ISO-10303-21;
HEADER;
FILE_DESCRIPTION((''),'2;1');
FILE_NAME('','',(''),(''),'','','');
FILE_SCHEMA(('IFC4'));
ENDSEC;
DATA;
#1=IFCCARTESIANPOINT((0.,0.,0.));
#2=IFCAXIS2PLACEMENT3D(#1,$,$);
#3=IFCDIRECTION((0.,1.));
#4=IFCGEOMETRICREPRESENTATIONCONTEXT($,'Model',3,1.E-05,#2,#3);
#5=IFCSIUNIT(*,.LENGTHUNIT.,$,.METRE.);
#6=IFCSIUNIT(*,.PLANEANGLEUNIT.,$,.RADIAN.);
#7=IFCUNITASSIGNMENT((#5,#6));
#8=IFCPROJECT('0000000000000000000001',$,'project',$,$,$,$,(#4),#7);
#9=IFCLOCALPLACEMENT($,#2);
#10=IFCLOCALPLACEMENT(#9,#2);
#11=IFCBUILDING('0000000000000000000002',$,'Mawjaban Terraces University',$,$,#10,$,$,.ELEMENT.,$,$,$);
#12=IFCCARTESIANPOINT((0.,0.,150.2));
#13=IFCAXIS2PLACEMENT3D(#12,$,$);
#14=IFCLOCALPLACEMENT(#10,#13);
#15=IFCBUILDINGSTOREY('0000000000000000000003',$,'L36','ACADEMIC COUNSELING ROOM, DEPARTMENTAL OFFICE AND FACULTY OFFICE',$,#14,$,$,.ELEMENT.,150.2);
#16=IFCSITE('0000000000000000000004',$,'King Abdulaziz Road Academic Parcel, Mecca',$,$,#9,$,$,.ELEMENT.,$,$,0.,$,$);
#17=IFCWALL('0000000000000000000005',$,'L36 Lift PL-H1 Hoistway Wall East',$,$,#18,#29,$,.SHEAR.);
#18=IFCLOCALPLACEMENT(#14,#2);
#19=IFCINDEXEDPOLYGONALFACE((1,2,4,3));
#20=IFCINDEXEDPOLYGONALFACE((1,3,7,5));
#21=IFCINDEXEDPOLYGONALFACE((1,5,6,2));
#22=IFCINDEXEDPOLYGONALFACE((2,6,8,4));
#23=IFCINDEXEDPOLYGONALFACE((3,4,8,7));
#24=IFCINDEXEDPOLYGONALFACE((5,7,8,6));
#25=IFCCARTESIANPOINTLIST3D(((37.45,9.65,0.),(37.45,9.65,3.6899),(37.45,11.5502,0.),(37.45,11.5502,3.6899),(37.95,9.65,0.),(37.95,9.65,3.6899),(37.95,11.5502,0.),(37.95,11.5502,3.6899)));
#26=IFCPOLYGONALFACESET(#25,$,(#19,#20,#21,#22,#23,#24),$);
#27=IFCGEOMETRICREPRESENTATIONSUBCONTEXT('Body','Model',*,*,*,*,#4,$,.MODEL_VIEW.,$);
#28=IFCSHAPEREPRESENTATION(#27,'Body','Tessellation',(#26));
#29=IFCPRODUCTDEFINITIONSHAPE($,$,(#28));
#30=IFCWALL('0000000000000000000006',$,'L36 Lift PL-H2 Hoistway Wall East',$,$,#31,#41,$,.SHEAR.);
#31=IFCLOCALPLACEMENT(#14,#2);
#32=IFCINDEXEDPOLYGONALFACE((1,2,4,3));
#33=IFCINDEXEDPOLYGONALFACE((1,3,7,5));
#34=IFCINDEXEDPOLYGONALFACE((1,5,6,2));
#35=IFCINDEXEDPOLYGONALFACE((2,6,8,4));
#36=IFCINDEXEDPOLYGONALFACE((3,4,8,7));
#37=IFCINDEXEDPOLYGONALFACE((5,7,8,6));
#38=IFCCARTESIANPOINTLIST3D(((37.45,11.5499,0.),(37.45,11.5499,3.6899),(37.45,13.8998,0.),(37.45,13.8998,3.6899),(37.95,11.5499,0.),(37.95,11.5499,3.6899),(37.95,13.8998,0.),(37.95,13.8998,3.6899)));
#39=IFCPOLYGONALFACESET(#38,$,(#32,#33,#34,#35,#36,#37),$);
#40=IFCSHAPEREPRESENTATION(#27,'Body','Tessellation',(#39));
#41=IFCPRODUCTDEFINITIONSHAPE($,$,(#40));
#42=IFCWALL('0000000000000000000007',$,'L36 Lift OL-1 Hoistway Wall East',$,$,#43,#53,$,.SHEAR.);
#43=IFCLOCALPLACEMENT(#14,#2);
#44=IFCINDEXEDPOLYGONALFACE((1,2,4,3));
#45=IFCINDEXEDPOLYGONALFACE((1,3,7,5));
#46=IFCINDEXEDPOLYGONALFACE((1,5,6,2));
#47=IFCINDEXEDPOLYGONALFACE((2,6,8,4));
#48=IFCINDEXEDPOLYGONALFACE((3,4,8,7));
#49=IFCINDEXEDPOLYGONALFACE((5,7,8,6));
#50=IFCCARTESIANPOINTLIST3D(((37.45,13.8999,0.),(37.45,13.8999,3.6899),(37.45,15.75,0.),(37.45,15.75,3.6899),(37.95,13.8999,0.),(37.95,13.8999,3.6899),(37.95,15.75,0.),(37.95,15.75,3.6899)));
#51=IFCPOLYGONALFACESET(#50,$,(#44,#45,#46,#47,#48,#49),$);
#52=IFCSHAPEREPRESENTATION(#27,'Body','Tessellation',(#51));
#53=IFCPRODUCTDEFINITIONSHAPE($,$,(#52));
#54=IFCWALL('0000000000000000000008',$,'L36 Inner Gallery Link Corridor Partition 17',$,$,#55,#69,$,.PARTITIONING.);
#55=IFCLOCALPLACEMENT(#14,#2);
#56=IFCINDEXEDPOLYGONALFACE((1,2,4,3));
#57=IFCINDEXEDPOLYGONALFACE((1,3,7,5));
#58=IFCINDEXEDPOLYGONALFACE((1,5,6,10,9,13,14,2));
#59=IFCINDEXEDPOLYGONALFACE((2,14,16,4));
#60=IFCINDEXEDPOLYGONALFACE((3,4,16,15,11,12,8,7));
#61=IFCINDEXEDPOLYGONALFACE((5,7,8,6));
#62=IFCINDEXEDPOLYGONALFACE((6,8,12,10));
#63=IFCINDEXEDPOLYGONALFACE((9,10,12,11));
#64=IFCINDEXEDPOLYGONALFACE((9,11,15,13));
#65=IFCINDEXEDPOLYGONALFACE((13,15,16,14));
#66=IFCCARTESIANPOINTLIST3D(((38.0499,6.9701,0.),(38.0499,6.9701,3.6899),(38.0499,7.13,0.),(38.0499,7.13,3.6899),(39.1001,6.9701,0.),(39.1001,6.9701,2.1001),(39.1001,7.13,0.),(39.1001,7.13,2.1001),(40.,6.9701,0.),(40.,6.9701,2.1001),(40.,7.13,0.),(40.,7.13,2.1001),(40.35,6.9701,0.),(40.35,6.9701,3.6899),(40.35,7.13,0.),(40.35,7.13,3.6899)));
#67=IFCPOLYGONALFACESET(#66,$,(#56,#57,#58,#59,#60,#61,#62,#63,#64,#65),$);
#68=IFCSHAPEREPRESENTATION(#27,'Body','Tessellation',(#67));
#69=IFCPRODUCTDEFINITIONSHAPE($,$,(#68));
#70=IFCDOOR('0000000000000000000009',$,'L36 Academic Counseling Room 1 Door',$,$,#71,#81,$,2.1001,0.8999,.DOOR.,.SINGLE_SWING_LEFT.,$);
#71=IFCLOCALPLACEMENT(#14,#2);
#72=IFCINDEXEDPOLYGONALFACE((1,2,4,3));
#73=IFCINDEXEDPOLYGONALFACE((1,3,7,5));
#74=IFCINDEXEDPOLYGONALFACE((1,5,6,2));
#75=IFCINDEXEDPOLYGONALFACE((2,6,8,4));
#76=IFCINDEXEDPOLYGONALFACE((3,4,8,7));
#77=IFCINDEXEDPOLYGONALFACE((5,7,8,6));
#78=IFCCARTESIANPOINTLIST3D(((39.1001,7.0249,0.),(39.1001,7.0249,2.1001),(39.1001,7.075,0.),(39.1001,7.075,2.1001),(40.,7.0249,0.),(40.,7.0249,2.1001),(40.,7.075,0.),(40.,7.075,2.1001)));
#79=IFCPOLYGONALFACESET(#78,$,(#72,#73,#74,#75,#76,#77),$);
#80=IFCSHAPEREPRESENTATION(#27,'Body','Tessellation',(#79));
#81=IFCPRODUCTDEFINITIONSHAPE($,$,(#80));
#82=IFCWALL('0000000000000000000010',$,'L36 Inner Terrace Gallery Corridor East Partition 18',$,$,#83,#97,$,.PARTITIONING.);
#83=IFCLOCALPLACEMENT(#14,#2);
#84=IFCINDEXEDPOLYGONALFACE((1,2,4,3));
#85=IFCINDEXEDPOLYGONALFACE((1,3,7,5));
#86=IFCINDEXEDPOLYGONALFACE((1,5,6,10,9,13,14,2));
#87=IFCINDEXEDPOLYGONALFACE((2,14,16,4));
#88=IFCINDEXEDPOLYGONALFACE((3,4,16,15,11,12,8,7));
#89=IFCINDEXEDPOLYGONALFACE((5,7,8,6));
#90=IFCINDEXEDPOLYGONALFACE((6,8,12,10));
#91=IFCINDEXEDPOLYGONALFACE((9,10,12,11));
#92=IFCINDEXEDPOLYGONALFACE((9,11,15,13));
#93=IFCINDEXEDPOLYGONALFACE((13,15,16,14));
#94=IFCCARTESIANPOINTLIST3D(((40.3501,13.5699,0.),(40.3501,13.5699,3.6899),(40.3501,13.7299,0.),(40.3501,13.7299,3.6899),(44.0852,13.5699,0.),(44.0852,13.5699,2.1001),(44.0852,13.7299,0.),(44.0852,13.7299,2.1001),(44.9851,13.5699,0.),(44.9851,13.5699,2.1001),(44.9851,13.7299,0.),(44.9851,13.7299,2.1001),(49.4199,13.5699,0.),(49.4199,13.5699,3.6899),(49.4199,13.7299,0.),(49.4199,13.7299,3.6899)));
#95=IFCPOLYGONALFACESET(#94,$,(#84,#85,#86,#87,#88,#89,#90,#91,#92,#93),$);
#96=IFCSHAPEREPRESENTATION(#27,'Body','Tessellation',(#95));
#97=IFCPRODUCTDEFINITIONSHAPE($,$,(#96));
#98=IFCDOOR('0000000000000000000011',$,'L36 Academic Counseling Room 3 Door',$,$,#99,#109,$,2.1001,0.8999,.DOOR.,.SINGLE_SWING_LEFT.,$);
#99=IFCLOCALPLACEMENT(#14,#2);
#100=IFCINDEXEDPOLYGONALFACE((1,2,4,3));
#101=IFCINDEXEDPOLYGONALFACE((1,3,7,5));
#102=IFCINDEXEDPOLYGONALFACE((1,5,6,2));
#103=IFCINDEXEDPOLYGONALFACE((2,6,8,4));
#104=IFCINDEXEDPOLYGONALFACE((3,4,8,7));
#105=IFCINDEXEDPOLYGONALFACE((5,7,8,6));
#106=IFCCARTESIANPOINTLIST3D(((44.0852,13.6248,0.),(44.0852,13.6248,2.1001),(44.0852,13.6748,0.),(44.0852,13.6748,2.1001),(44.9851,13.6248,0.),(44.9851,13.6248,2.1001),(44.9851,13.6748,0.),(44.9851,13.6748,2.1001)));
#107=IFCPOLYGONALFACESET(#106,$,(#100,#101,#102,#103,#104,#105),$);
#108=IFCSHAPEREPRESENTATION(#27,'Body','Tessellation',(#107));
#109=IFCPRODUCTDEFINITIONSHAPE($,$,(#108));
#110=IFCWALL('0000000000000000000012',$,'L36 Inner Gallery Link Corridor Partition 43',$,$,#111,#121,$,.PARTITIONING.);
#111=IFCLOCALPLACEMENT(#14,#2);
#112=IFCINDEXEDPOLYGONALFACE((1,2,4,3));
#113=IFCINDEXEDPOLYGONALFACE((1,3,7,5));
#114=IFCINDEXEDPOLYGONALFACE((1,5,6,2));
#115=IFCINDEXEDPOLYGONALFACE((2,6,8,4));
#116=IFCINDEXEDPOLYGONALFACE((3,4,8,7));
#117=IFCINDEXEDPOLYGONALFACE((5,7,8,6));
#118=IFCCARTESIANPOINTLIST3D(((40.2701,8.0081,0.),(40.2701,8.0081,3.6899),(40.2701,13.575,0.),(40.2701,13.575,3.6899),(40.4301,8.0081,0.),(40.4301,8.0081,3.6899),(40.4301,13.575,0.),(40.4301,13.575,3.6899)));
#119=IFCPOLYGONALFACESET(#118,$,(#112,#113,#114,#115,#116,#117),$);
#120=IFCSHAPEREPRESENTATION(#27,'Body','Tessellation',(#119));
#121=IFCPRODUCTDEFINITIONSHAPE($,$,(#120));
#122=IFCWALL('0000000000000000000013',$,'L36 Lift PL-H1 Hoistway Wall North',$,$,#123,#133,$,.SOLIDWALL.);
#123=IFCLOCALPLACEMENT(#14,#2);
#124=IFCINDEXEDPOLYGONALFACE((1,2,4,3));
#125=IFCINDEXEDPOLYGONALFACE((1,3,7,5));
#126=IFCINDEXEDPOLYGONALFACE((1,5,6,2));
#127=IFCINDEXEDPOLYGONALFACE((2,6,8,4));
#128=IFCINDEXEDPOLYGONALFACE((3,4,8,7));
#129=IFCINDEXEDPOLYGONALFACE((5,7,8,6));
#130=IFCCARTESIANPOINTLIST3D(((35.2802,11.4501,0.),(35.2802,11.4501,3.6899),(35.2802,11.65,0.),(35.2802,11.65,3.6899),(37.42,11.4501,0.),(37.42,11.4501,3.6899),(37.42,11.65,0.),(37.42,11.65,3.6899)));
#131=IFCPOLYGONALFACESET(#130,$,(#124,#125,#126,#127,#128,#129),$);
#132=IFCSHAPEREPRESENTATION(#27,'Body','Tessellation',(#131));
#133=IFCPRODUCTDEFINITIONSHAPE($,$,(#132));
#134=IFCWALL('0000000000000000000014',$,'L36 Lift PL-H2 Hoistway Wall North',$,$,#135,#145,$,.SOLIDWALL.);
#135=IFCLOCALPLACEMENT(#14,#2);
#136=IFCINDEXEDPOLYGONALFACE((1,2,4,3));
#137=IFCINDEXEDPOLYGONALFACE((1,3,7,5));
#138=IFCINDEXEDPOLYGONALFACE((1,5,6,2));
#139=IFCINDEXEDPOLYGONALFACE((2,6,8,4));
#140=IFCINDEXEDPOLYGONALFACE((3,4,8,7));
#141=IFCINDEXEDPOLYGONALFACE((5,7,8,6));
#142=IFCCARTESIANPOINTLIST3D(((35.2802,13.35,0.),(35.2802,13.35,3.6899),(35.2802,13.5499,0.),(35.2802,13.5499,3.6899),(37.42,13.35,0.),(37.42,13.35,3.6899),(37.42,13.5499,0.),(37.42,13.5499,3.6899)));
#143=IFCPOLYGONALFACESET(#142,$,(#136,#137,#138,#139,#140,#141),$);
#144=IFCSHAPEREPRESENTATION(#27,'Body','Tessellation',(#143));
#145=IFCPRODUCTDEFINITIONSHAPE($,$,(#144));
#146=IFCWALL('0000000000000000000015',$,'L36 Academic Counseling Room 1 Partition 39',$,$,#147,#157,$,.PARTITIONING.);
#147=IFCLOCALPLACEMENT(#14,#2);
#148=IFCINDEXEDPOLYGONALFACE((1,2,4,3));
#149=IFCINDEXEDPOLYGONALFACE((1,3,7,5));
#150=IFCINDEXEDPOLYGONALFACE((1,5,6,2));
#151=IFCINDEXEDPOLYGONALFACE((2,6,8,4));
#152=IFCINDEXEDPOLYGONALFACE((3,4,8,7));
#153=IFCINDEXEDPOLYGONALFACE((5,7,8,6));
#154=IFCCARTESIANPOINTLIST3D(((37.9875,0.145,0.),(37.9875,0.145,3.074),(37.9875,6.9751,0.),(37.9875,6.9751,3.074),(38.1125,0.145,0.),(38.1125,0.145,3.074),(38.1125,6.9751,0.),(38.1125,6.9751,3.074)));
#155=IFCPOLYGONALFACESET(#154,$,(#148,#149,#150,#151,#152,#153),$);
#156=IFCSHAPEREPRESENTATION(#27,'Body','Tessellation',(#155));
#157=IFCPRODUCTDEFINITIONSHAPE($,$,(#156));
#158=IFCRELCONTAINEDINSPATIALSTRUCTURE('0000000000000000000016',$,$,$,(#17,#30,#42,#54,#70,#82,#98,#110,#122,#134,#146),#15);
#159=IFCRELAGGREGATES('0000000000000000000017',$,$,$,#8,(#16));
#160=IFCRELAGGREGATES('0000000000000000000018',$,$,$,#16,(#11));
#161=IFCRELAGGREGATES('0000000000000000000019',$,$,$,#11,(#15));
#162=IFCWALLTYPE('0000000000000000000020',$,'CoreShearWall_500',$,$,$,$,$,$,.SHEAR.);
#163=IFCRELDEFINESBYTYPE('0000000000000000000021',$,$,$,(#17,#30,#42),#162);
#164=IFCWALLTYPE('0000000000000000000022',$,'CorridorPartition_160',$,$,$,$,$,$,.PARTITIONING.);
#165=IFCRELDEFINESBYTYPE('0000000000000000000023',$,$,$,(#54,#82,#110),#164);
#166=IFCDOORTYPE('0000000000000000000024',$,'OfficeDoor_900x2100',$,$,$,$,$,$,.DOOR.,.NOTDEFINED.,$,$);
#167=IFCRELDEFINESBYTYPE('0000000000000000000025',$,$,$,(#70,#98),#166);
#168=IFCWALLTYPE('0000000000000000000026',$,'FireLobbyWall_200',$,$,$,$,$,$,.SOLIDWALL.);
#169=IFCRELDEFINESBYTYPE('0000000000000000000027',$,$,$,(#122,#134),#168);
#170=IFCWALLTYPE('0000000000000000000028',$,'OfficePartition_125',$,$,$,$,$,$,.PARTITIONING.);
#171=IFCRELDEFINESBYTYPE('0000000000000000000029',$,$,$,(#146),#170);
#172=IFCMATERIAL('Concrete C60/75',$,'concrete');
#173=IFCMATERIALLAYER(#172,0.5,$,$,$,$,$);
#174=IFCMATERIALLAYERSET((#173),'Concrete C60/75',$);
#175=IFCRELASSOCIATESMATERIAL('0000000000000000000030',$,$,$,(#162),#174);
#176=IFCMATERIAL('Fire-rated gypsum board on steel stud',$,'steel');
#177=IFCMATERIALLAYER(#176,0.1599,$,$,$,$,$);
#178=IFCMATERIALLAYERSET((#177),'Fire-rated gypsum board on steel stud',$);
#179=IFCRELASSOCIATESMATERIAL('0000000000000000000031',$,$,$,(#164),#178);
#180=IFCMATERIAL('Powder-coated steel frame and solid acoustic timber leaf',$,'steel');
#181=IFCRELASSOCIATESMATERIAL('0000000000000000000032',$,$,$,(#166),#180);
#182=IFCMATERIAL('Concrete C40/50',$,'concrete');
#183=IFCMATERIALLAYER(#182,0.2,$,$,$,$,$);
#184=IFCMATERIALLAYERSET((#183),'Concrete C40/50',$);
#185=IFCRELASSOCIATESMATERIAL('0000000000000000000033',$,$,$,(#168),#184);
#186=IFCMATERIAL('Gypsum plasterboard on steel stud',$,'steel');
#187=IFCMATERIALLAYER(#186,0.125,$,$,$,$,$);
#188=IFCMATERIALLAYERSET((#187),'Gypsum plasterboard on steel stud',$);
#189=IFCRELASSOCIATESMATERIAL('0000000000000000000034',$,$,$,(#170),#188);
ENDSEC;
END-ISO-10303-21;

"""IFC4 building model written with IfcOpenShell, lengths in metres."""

from ifc_helpers import new_model, si_unit, direction, frame, frame_2d, origin, place, context, subcontext, project, spatial, rectangle, extrude, material, layer, layer_set, type_object, element, fill, save


model = new_model("IFC4")

# Units and contexts
model_context = context("Model", 3, precision=1e-05, world=origin(), true_north=direction((0.0, 1.0)))
body_context = subcontext(model_context, "Body", "Model", "MODEL_VIEW")
ifc_project = project(units=[si_unit("LENGTHUNIT", "METRE"), si_unit("PLANEANGLEUNIT", "RADIAN")], contexts=[model_context])

# Site, building, storey
site_placement = place(None, origin())
site = spatial("IfcSite", under=ifc_project, at=site_placement, Name="King Abdulaziz Road Academic Parcel, Mecca", CompositionType="ELEMENT", RefElevation=0.0)
building_placement = place(site_placement, origin())
building = spatial("IfcBuilding", under=site, at=building_placement, Name="Mawjaban Terraces University", CompositionType="ELEMENT")
storey_placement = place(building_placement, frame((0.0, 0.0, 150.2)))
storey = spatial("IfcBuildingStorey", under=building, at=storey_placement, Name="L36", Description="ACADEMIC COUNSELING ROOM, DEPARTMENTAL OFFICE AND FACULTY OFFICE", CompositionType="ELEMENT", Elevation=150.2)

# Shared definitions
ifc_material_1 = material(Name="Concrete C60/75", Category="concrete")

# Walls
ifc_layer_1 = layer(ifc_material_1, 0.5)
ifc_layer_set_1 = layer_set([ifc_layer_1], Name="Concrete C60/75")
wall_type_1 = type_object("IfcWallType", Name="CoreShearWall_500", PredefinedType="SHEAR", material=ifc_layer_set_1)
wall_1_placement = place(storey_placement, frame((37.7, 9.6499, 0.0), z_axis=(0.0, 0.0, 1.0), x_axis=(0.0, 1.0, 0.0)))
element("IfcWall", 1, at=wall_1_placement, inside=storey, type_object=wall_type_1, Name="L36 Lift PL-H1 Hoistway Wall East", PredefinedType="SHEAR", context=body_context, shape_type="SweptSolid", body=[
    extrude(rectangle(XDim=1.9001, YDim=0.5, at=frame_2d((0.9502, 0.0))), origin(), (0.0, 0.0, 1.0), 3.6899),
])
wall_2_placement = place(storey_placement, frame((37.7, 11.55, 0.0), z_axis=(0.0, 0.0, 1.0), x_axis=(0.0, 1.0, 0.0)))
element("IfcWall", 2, at=wall_2_placement, inside=storey, type_object=wall_type_1, Name="L36 Lift PL-H2 Hoistway Wall East", PredefinedType="SHEAR", context=body_context, shape_type="SweptSolid", body=[
    extrude(rectangle(XDim=2.3499, YDim=0.5, at=frame_2d((1.1748, 0.0))), origin(), (0.0, 0.0, 1.0), 3.6899),
])
wall_3_placement = place(storey_placement, frame((37.7, 13.8999, 0.0), z_axis=(0.0, 0.0, 1.0), x_axis=(0.0, 1.0, 0.0)))
element("IfcWall", 3, at=wall_3_placement, inside=storey, type_object=wall_type_1, Name="L36 Lift OL-1 Hoistway Wall East", PredefinedType="SHEAR", context=body_context, shape_type="SweptSolid", body=[
    extrude(rectangle(XDim=1.8501, YDim=0.5, at=frame_2d((0.925, 0.0))), origin(), (0.0, 0.0, 1.0), 3.6899),
])

# Walls, openings, doors
ifc_material_2 = material(Name="Fire-rated gypsum board on steel stud", Category="steel")
ifc_layer_2 = layer(ifc_material_2, 0.1599)
ifc_layer_set_2 = layer_set([ifc_layer_2], Name="Fire-rated gypsum board on steel stud")
wall_type_2 = type_object("IfcWallType", Name="CorridorPartition_160", PredefinedType="PARTITIONING", material=ifc_layer_set_2)
wall_4_placement = place(storey_placement, frame((38.05, 7.05, 0.0), z_axis=(0.0, 0.0, 1.0), x_axis=(1.0, 0.0, 0.0)))
wall_4 = element("IfcWall", 4, at=wall_4_placement, inside=storey, type_object=wall_type_2, Name="L36 Inner Gallery Link Corridor Partition 17", PredefinedType="PARTITIONING", context=body_context, shape_type="SweptSolid", body=[
    extrude(rectangle(XDim=2.3, YDim=0.1599, at=frame_2d((1.1499, 0.0))), origin(), (0.0, 0.0, 1.0), 3.6899),
])
opening_1_placement = place(wall_4_placement, frame((1.05, 0.0, 0.0)))
opening_1 = element("IfcOpeningElement", 5, at=opening_1_placement, cuts=wall_4, PredefinedType="OPENING", context=body_context, shape_type="SweptSolid", body=[
    extrude(rectangle(XDim=0.8999, YDim=2.1001, at=frame_2d((0.45, 1.05))), frame((0.0, 0.0898, 0.0), z_axis=(0.0, -1.0, 0.0), x_axis=(1.0, 0.0, 0.0)), (0.0, 0.0, 1.0), 0.1799),
])
ifc_material_3 = material(Name="Powder-coated steel frame and solid acoustic timber leaf", Category="steel")
door_type = type_object("IfcDoorType", Name="OfficeDoor_900x2100", OperationType="NOTDEFINED", PredefinedType="DOOR", material=ifc_material_3)
door_1_placement = place(opening_1_placement, origin())
door_1 = element("IfcDoor", 6, at=door_1_placement, inside=storey, type_object=door_type, Name="L36 Academic Counseling Room 1 Door", OperationType="SINGLE_SWING_LEFT", OverallHeight=2.1001, OverallWidth=0.8999, PredefinedType="DOOR", context=body_context, shape_type="SweptSolid", body=[
    extrude(rectangle(XDim=0.8999, YDim=2.1001, at=frame_2d((0.45, 1.05))), frame((0.0, 0.0249, 0.0), z_axis=(0.0, -1.0, 0.0), x_axis=(1.0, 0.0, 0.0)), (0.0, 0.0, 1.0), 0.05),
])
fill(opening_1, door_1)
wall_5_placement = place(storey_placement, frame((40.3501, 13.6499, 0.0), z_axis=(0.0, 0.0, 1.0), x_axis=(1.0, 0.0, 0.0)))
wall_5 = element("IfcWall", 7, at=wall_5_placement, inside=storey, type_object=wall_type_2, Name="L36 Inner Terrace Gallery Corridor East Partition 18", PredefinedType="PARTITIONING", context=body_context, shape_type="SweptSolid", body=[
    extrude(rectangle(XDim=9.0698, YDim=0.1599, at=frame_2d((4.5349, 0.0))), origin(), (0.0, 0.0, 1.0), 3.6899),
])
opening_2_placement = place(wall_5_placement, frame((3.7351, 0.0, 0.0)))
opening_2 = element("IfcOpeningElement", 8, at=opening_2_placement, cuts=wall_5, PredefinedType="OPENING", context=body_context, shape_type="SweptSolid", body=[
    extrude(rectangle(XDim=0.8999, YDim=2.1001, at=frame_2d((0.45, 1.05))), frame((0.0, 0.0898, 0.0), z_axis=(0.0, -1.0, 0.0), x_axis=(1.0, 0.0, 0.0)), (0.0, 0.0, 1.0), 0.1799),
])
door_2_placement = place(opening_2_placement, origin())
door_2 = element("IfcDoor", 9, at=door_2_placement, inside=storey, type_object=door_type, Name="L36 Academic Counseling Room 3 Door", OperationType="SINGLE_SWING_LEFT", OverallHeight=2.1001, OverallWidth=0.8999, PredefinedType="DOOR", context=body_context, shape_type="SweptSolid", body=[
    extrude(rectangle(XDim=0.8999, YDim=2.1001, at=frame_2d((0.45, 1.05))), frame((0.0, 0.0249, 0.0), z_axis=(0.0, -1.0, 0.0), x_axis=(1.0, 0.0, 0.0)), (0.0, 0.0, 1.0), 0.05),
])
fill(opening_2, door_2)

# Walls
wall_6_placement = place(storey_placement, frame((40.3501, 8.0081, 0.0), z_axis=(0.0, 0.0, 1.0), x_axis=(0.0, 1.0, 0.0)))
element("IfcWall", 10, at=wall_6_placement, inside=storey, type_object=wall_type_2, Name="L36 Inner Gallery Link Corridor Partition 43", PredefinedType="PARTITIONING", context=body_context, shape_type="SweptSolid", body=[
    extrude(rectangle(XDim=5.5669, YDim=0.1599, at=frame_2d((2.7834, 0.0))), origin(), (0.0, 0.0, 1.0), 3.6899),
])
ifc_material_4 = material(Name="Concrete C40/50", Category="concrete")
ifc_layer_3 = layer(ifc_material_4, 0.2)
ifc_layer_set_3 = layer_set([ifc_layer_3], Name="Concrete C40/50")
wall_type_3 = type_object("IfcWallType", Name="FireLobbyWall_200", PredefinedType="SOLIDWALL", material=ifc_layer_set_3)
for number, where, z_axis, x_axis, name in (
    (11, (37.4199, 11.55, 0.0), (0.0, 0.0, 1.0), (-1.0, 0.0, 0.0), "L36 Lift PL-H1 Hoistway Wall North"),
    (12, (37.4199, 13.45, 0.0), (0.0, 0.0, 1.0), (-1.0, 0.0, 0.0), "L36 Lift PL-H2 Hoistway Wall North"),
):
    element("IfcWall", number, at=place(storey_placement, frame(where, z_axis=z_axis, x_axis=x_axis)), inside=storey, type_object=wall_type_3, Name=name, PredefinedType="SOLIDWALL", context=body_context, shape_type="SweptSolid", body=[
        extrude(rectangle(XDim=2.1399, YDim=0.2, at=frame_2d((1.0698, 0.0))), origin(), (0.0, 0.0, 1.0), 3.6899),
    ])
ifc_material_5 = material(Name="Gypsum plasterboard on steel stud", Category="steel")
ifc_layer_4 = layer(ifc_material_5, 0.125)
ifc_layer_set_4 = layer_set([ifc_layer_4], Name="Gypsum plasterboard on steel stud")
wall_type_4 = type_object("IfcWallType", Name="OfficePartition_125", PredefinedType="PARTITIONING", material=ifc_layer_set_4)
wall_7_placement = place(storey_placement, frame((38.05, 6.9751, 0.0), z_axis=(0.0, 0.0, 1.0), x_axis=(0.0, -1.0, 0.0)))
element("IfcWall", 13, at=wall_7_placement, inside=storey, type_object=wall_type_4, Name="L36 Academic Counseling Room 1 Partition 39", PredefinedType="PARTITIONING", context=body_context, shape_type="SweptSolid", body=[
    extrude(rectangle(XDim=6.8301, YDim=0.125, at=frame_2d((3.415, 0.0))), origin(), (0.0, 0.0, 1.0), 3.074),
])

save(model, "model.ifc")
